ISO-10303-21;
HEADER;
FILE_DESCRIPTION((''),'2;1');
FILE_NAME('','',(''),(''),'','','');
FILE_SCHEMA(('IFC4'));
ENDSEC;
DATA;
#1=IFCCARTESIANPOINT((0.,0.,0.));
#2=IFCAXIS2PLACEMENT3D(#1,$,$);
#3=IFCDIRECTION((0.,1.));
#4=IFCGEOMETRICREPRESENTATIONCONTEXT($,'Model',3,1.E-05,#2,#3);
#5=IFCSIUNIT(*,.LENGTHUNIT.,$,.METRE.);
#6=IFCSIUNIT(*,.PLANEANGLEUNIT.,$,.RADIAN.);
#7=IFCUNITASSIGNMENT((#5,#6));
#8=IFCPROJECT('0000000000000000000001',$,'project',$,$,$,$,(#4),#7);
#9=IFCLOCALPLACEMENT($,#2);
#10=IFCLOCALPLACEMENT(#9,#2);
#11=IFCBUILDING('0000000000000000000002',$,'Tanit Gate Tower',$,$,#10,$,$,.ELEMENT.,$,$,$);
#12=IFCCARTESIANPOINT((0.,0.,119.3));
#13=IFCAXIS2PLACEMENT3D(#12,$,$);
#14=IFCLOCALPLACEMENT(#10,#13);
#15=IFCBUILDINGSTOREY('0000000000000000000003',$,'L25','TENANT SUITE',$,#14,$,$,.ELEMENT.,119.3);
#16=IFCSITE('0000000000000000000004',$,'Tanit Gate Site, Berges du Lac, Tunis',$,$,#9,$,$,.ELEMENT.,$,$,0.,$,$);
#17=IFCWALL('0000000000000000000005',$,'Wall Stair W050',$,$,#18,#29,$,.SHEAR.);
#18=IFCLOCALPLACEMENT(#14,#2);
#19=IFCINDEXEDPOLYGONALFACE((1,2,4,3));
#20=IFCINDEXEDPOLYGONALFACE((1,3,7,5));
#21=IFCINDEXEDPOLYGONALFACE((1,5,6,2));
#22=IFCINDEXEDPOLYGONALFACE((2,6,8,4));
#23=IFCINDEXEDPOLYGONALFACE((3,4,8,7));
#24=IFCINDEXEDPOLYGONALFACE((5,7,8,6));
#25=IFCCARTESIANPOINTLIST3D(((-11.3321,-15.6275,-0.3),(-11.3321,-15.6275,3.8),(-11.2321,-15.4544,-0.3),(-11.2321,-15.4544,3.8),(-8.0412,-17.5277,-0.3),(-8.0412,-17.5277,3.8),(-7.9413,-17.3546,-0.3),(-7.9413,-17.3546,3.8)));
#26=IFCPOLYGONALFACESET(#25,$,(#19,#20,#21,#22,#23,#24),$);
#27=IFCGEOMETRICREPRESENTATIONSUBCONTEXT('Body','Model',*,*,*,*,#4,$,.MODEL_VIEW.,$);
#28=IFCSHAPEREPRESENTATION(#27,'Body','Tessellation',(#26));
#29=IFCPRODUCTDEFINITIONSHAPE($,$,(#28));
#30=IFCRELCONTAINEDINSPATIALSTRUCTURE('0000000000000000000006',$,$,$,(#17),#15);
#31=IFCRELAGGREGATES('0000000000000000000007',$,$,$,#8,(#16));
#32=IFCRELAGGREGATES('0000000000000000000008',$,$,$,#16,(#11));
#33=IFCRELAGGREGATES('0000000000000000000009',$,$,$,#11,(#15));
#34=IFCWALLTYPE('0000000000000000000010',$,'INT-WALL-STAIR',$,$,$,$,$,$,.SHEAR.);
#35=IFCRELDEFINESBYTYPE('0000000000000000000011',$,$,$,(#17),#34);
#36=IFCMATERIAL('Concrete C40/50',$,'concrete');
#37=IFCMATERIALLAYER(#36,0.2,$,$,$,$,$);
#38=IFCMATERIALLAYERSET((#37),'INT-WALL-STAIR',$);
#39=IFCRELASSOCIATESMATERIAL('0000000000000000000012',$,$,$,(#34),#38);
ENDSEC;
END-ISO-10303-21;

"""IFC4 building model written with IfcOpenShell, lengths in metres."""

from ifc_helpers import new_model, si_unit, direction, frame, frame_2d, origin, place, context, subcontext, project, spatial, rectangle, extrude, material, layer, layer_set, type_object, element, save


model = new_model("IFC4")

# Units and contexts
model_context = context("Model", 3, precision=1e-05, world=origin(), true_north=direction((0.0, 1.0)))
body_context = subcontext(model_context, "Body", "Model", "MODEL_VIEW")
ifc_project = project(units=[si_unit("LENGTHUNIT", "METRE"), si_unit("PLANEANGLEUNIT", "RADIAN")], contexts=[model_context])

# Site, building, storey
site_placement = place(None, origin())
site = spatial("IfcSite", under=ifc_project, at=site_placement, Name="Tanit Gate Site, Berges du Lac, Tunis", CompositionType="ELEMENT", RefElevation=0.0)
building_placement = place(site_placement, origin())
building = spatial("IfcBuilding", under=site, at=building_placement, Name="Tanit Gate Tower", CompositionType="ELEMENT")
storey_placement = place(building_placement, frame((0.0, 0.0, 119.3)))
storey = spatial("IfcBuildingStorey", under=building, at=storey_placement, Name="L25", Description="TENANT SUITE", CompositionType="ELEMENT", Elevation=119.3)

# Wall
ifc_material_1 = material(Name="Concrete C40/50", Category="concrete")
ifc_layer_1 = layer(ifc_material_1, 0.2)
ifc_layer_set_1 = layer_set([ifc_layer_1], Name="INT-WALL-STAIR")
wall_type_1 = type_object("IfcWallType", Name="INT-WALL-STAIR", PredefinedType="SHEAR", material=ifc_layer_set_1)
wall_1_placement = place(storey_placement, frame((-11.282, -15.541, -0.3), z_axis=(0.0, 0.0, 1.0), x_axis=(0.866, -0.500043, 0.0)))
element("IfcWall", 1, at=wall_1_placement, inside=storey, type_object=wall_type_1, Name="Wall Stair W050", PredefinedType="SHEAR", context=body_context, shape_type="SweptSolid", body=[
    extrude(rectangle(XDim=3.8, YDim=0.2, at=frame_2d((1.8999, 0.0))), origin(), (0.0, 0.0, 1.0), 4.1001),
])

save(model, "model.ifc")
